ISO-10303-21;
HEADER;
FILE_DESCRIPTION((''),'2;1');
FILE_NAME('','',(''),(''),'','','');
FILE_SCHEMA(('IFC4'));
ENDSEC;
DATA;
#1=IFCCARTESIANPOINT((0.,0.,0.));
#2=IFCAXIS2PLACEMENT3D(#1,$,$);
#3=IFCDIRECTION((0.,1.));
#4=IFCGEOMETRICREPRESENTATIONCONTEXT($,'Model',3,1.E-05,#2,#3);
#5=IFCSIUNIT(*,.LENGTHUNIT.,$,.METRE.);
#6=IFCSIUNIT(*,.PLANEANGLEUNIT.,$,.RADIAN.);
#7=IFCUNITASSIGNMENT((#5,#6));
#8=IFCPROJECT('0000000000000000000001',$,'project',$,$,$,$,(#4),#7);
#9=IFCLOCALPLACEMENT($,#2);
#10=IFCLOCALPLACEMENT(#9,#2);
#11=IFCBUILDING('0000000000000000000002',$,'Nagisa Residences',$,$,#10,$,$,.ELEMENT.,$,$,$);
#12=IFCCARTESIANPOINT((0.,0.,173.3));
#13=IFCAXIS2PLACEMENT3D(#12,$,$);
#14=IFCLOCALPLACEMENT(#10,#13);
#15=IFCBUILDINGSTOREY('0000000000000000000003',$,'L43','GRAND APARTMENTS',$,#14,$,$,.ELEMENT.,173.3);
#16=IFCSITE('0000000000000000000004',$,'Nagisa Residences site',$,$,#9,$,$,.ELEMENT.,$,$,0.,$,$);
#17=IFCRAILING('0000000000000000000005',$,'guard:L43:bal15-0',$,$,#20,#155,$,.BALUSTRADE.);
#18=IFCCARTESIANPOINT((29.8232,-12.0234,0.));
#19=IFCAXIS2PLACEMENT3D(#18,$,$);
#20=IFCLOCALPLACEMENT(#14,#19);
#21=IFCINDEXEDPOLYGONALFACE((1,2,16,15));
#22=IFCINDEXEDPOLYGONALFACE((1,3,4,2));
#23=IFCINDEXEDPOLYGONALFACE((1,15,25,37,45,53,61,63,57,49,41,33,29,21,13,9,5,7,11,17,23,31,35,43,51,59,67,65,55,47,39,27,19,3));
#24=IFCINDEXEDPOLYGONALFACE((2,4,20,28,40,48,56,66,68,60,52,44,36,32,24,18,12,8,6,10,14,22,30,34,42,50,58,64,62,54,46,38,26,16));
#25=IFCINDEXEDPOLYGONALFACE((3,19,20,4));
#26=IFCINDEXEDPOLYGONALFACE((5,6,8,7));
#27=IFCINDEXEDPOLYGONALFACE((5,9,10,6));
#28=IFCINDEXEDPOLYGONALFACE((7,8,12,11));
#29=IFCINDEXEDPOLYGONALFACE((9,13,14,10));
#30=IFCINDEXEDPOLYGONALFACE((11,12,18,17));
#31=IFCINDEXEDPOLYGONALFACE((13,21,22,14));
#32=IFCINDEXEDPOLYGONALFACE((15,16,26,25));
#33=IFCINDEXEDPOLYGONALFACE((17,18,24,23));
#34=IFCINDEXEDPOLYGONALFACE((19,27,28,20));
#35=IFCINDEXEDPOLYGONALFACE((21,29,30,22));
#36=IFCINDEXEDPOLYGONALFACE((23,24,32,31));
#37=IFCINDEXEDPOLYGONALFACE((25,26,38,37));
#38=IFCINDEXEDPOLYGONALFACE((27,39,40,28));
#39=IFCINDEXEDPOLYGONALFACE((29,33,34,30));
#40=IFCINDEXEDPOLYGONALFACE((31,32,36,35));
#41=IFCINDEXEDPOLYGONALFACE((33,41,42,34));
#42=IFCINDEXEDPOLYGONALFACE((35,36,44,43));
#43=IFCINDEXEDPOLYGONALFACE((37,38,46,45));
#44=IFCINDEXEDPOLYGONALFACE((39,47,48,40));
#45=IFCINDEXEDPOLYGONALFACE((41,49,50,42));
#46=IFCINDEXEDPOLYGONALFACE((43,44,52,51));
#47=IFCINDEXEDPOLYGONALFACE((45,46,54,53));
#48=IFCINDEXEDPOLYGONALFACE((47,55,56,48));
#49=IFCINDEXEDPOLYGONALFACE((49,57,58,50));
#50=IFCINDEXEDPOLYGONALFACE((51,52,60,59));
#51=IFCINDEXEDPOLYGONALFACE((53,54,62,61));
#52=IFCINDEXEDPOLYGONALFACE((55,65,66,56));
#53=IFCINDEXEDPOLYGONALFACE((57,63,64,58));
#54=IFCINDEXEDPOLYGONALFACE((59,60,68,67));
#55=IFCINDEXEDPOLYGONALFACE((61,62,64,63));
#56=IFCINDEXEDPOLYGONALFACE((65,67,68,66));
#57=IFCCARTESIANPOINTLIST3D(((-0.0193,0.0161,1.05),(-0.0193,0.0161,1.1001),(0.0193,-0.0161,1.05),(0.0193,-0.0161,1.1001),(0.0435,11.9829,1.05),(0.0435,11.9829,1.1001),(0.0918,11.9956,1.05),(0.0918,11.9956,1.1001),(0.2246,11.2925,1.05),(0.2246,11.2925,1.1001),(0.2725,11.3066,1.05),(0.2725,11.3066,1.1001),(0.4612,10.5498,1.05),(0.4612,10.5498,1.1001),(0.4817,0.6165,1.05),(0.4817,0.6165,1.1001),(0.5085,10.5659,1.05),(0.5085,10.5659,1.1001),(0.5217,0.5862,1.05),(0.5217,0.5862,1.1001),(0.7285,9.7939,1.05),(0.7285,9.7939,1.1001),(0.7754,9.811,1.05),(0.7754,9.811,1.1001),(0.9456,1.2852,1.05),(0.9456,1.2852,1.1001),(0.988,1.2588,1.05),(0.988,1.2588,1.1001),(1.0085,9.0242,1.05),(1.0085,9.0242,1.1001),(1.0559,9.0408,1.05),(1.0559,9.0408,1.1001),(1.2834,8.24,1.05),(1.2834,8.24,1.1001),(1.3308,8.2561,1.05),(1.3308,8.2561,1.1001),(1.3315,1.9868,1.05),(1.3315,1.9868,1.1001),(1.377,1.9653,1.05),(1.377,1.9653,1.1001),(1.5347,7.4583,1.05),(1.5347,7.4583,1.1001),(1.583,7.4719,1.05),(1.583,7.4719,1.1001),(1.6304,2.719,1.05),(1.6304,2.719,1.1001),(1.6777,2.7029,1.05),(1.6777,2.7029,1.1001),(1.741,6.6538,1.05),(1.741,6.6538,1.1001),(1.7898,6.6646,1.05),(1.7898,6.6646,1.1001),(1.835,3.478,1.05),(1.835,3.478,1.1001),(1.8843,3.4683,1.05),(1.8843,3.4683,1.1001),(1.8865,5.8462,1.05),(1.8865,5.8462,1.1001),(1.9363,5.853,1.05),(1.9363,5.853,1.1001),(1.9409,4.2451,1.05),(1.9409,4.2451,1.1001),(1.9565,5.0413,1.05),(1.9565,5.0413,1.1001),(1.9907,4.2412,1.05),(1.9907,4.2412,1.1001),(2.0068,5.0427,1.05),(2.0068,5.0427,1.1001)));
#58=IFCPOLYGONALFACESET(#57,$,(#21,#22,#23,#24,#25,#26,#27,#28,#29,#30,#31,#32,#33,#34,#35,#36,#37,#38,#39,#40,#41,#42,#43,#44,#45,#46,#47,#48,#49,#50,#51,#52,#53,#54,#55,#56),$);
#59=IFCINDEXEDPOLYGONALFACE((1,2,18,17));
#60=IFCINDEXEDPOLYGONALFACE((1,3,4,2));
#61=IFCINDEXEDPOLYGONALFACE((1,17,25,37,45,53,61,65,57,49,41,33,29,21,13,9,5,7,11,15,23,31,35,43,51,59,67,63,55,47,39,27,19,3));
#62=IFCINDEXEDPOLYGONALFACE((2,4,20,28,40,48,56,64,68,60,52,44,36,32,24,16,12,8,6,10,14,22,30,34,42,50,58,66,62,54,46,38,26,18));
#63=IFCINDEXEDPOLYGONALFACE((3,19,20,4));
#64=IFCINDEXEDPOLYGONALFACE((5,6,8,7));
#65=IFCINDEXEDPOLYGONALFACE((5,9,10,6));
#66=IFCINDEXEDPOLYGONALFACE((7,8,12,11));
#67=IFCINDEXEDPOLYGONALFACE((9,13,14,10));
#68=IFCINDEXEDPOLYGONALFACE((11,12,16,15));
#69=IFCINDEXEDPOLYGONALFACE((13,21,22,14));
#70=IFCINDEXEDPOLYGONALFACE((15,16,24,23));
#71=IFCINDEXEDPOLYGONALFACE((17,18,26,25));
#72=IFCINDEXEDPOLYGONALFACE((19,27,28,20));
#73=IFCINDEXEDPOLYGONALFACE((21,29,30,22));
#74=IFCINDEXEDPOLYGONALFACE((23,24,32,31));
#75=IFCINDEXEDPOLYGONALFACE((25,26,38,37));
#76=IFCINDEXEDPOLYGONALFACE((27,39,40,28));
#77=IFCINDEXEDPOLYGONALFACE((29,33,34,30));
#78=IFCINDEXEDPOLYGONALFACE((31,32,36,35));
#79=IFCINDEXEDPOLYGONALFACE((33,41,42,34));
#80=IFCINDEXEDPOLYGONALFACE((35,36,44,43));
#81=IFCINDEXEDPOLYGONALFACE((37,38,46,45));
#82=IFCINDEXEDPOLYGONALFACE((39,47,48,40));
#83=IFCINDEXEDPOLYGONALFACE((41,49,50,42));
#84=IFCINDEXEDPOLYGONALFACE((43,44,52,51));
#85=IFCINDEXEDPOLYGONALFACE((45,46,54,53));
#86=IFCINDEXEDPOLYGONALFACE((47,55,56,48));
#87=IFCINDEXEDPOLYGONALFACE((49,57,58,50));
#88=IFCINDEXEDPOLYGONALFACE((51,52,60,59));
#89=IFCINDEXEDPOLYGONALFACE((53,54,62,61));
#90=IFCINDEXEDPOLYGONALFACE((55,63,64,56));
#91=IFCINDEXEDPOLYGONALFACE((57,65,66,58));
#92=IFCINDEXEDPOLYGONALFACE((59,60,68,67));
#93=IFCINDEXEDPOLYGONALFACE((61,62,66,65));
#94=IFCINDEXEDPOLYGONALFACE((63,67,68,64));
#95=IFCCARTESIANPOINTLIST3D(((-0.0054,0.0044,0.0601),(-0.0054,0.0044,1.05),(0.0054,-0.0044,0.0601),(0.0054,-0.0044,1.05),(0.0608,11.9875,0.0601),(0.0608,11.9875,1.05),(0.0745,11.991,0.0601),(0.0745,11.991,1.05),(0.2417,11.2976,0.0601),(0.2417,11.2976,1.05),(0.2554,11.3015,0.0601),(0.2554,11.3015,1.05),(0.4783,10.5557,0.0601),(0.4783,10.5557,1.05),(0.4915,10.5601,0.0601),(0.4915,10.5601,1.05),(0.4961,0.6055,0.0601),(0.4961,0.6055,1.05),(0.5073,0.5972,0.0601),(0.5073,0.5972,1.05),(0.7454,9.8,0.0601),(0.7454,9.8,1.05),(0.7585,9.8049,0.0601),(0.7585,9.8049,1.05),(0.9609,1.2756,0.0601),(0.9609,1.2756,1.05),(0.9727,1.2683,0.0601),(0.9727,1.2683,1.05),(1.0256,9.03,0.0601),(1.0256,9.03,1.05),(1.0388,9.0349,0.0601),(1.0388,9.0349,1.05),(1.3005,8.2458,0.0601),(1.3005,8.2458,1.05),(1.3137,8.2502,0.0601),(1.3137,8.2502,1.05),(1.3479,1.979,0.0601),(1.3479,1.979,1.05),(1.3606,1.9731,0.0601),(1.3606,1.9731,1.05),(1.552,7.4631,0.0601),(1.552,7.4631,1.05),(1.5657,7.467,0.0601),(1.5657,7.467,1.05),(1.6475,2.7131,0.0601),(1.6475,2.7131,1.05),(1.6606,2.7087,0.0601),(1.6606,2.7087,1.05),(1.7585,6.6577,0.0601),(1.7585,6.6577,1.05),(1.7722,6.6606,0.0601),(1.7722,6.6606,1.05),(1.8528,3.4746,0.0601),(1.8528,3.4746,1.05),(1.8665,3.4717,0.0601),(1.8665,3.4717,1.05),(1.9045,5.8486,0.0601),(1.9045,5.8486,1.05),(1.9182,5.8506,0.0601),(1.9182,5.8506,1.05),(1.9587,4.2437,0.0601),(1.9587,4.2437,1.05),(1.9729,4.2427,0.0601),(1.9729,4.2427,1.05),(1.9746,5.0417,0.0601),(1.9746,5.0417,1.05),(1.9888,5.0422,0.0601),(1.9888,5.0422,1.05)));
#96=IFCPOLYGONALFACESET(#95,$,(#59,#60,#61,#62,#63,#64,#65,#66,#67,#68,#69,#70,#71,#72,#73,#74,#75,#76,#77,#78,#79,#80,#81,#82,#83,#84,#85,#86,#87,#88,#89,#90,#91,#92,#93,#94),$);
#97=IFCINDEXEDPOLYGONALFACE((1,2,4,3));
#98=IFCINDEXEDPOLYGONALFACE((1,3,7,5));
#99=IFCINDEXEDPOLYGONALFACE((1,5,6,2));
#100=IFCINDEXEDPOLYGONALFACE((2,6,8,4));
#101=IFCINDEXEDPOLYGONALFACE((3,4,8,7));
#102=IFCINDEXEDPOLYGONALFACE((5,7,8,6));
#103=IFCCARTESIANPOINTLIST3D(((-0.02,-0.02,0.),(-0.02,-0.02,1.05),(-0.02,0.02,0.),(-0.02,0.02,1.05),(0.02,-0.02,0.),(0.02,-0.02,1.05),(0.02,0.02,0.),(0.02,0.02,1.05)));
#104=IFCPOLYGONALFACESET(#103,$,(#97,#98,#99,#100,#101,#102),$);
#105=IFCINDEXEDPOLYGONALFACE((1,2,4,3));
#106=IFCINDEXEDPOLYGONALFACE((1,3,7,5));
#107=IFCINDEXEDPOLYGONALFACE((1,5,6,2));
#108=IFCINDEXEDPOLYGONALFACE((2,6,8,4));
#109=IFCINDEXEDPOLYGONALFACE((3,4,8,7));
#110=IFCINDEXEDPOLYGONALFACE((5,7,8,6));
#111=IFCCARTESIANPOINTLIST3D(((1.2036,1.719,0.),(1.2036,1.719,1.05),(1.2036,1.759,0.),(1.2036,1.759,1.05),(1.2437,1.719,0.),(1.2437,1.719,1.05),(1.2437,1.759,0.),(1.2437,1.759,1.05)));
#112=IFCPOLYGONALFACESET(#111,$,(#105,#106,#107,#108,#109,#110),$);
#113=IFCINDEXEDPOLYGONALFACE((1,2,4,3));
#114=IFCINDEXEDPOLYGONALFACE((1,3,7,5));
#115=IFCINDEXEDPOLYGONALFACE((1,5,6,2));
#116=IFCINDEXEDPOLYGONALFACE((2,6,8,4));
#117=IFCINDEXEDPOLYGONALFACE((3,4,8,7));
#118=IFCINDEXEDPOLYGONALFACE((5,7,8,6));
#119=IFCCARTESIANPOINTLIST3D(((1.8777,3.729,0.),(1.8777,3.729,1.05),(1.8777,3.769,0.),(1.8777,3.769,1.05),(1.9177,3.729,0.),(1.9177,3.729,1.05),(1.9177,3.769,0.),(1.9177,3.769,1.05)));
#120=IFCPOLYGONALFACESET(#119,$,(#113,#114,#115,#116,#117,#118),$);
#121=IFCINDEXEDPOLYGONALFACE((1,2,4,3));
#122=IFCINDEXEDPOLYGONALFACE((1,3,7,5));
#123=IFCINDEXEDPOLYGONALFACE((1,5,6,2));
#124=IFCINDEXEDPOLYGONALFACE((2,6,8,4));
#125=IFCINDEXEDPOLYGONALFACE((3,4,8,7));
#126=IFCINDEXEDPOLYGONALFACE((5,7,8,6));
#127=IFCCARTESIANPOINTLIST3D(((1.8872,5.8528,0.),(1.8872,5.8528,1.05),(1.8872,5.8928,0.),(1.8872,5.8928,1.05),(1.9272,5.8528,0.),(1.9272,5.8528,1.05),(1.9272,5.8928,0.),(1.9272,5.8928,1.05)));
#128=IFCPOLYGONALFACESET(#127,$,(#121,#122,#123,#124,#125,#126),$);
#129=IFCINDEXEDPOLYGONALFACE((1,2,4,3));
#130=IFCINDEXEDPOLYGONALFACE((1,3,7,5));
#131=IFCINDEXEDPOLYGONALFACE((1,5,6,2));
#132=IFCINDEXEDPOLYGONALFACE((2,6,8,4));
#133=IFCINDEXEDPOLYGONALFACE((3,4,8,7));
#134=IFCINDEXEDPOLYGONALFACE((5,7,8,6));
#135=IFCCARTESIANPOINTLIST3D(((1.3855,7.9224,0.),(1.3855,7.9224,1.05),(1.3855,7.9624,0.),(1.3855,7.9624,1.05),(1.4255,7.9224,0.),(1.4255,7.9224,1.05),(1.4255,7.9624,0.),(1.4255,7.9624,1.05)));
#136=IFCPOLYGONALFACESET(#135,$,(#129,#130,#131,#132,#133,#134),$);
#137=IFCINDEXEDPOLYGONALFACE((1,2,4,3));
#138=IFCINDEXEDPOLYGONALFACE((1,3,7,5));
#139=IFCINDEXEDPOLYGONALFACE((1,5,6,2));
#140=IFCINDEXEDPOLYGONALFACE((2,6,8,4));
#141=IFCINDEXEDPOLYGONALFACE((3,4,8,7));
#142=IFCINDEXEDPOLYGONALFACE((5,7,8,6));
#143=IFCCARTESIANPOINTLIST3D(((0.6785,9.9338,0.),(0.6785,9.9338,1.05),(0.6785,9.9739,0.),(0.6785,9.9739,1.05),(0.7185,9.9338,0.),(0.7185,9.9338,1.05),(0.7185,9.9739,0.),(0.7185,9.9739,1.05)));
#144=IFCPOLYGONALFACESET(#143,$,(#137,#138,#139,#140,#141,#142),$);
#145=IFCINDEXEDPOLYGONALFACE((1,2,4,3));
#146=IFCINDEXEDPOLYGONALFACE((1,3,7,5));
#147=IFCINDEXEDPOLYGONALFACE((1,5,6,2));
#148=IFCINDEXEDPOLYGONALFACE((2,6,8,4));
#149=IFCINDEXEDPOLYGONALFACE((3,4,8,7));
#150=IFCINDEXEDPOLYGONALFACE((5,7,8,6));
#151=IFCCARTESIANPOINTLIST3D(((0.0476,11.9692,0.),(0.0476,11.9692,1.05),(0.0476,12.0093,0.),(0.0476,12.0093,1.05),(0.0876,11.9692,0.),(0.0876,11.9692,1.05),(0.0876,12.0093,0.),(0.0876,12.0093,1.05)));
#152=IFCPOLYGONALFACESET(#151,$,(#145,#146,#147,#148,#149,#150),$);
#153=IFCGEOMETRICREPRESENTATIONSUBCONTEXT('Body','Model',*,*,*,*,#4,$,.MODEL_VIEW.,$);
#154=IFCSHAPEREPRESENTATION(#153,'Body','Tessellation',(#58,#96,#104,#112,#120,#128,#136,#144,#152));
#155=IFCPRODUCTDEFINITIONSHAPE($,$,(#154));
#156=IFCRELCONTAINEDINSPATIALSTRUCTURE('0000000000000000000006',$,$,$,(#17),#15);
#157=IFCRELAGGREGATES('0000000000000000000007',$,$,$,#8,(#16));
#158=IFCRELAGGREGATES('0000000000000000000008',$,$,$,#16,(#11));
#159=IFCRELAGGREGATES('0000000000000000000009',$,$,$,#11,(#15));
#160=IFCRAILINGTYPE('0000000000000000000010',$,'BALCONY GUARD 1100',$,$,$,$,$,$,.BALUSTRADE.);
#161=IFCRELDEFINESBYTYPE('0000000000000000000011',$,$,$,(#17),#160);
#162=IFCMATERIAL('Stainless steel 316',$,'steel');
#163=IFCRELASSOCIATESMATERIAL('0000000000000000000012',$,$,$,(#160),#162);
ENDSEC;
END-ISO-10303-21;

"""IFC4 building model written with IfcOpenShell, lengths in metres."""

from ifc_helpers import new_model, si_unit, direction, frame, origin, origin_2d, place, context, subcontext, project, spatial, polyline, rectangle, outline, extrude, material, type_object, element, save


model = new_model("IFC4")

# Units and contexts
model_context = context("Model", 3, precision=1e-05, world=origin(), true_north=direction((0.0, 1.0)))
body_context = subcontext(model_context, "Body", "Model", "MODEL_VIEW")
ifc_project = project(units=[si_unit("LENGTHUNIT", "METRE"), si_unit("PLANEANGLEUNIT", "RADIAN")], contexts=[model_context])

# Site, building, storey
site_placement = place(None, origin())
site = spatial("IfcSite", under=ifc_project, at=site_placement, Name="Nagisa Residences site", CompositionType="ELEMENT", RefElevation=0.0)
building_placement = place(site_placement, origin())
building = spatial("IfcBuilding", under=site, at=building_placement, Name="Nagisa Residences", CompositionType="ELEMENT")
storey_placement = place(building_placement, frame((0.0, 0.0, 173.3)))
storey = spatial("IfcBuildingStorey", under=building, at=storey_placement, Name="L43", Description="GRAND APARTMENTS", CompositionType="ELEMENT", Elevation=173.3)

# Railing
ifc_material_1 = material(Name="Stainless steel 316", Category="steel")
railing_type = type_object("IfcRailingType", Name="BALCONY GUARD 1100", PredefinedType="BALUSTRADE", material=ifc_material_1)
railing_placement = place(storey_placement, frame((29.8232, -12.0234, 0.0)))
element("IfcRailing", 1, at=railing_placement, inside=storey, type_object=railing_type, Name="guard:L43:bal15-0", PredefinedType="BALUSTRADE", context=body_context, shape_type="SweptSolid", body=[
    extrude(outline(polyline([(0.4817, 0.6165), (-0.0193, 0.0161), (0.0193, -0.0161), (0.5217, 0.5862), (0.988, 1.2588), (1.377, 1.9653), (1.6777, 2.7029), (1.8843, 3.4683), (1.9907, 4.2412), (2.0068, 5.0427), (1.9363, 5.853), (1.7898, 6.6646), (1.583, 7.4719), (1.3308, 8.2561), (1.0559, 9.0408), (0.7754, 9.811), (0.5085, 10.5659), (0.2725, 11.3066), (0.0918, 11.9956), (0.0435, 11.9829), (0.2246, 11.2925), (0.4612, 10.5498), (0.7285, 9.7939), (1.0085, 9.0242), (1.2834, 8.24), (1.5347, 7.4583), (1.741, 6.6538), (1.8865, 5.8462), (1.9565, 5.0413), (1.9409, 4.2451), (1.835, 3.478), (1.6304, 2.719), (1.3315, 1.9868), (0.9456, 1.2852), (0.4817, 0.6165)])), frame((0.0, 0.0, 1.05)), (0.0, 0.0, 1.0), 0.05),
    extrude(outline(polyline([(0.4961, 0.6055), (-0.0054, 0.0044), (0.0054, -0.0044), (0.5073, 0.5972), (0.9727, 1.2683), (1.3606, 1.9731), (1.6606, 2.7087), (1.8665, 3.4717), (1.9729, 4.2427), (1.9888, 5.0422), (1.9182, 5.8506), (1.7722, 6.6606), (1.5657, 7.467), (1.3137, 8.2502), (1.0388, 9.0349), (0.7585, 9.8049), (0.4915, 10.5601), (0.2554, 11.3015), (0.0745, 11.991), (0.0608, 11.9875), (0.2417, 11.2976), (0.4783, 10.5557), (0.7454, 9.8), (1.0256, 9.03), (1.3005, 8.2458), (1.552, 7.4631), (1.7585, 6.6577), (1.9045, 5.8486), (1.9746, 5.0417), (1.9587, 4.2437), (1.8528, 3.4746), (1.6475, 2.7131), (1.3479, 1.979), (0.9609, 1.2756), (0.4961, 0.6055)])), frame((0.0, 0.0, 0.0601)), (0.0, 0.0, 1.0), 0.99),
    extrude(rectangle(XDim=0.04, YDim=0.04, at=origin_2d()), origin(), (0.0, 0.0, 1.0), 1.05),
    extrude(rectangle(XDim=0.04, YDim=0.04, at=origin_2d()), frame((1.2236, 1.739, 0.0)), (0.0, 0.0, 1.0), 1.05),
    extrude(rectangle(XDim=0.04, YDim=0.04, at=origin_2d()), frame((1.8977, 3.749, 0.0)), (0.0, 0.0, 1.0), 1.05),
    extrude(rectangle(XDim=0.04, YDim=0.04, at=origin_2d()), frame((1.9072, 5.8728, 0.0)), (0.0, 0.0, 1.0), 1.05),
    extrude(rectangle(XDim=0.04, YDim=0.04, at=origin_2d()), frame((1.4055, 7.9424, 0.0)), (0.0, 0.0, 1.0), 1.05),
    extrude(rectangle(XDim=0.04, YDim=0.04, at=origin_2d()), frame((0.6985, 9.9539, 0.0)), (0.0, 0.0, 1.0), 1.05),
    extrude(rectangle(XDim=0.04, YDim=0.04, at=origin_2d()), frame((0.0676, 11.9893, 0.0)), (0.0, 0.0, 1.0), 1.05),
])

save(model, "model.ifc")
